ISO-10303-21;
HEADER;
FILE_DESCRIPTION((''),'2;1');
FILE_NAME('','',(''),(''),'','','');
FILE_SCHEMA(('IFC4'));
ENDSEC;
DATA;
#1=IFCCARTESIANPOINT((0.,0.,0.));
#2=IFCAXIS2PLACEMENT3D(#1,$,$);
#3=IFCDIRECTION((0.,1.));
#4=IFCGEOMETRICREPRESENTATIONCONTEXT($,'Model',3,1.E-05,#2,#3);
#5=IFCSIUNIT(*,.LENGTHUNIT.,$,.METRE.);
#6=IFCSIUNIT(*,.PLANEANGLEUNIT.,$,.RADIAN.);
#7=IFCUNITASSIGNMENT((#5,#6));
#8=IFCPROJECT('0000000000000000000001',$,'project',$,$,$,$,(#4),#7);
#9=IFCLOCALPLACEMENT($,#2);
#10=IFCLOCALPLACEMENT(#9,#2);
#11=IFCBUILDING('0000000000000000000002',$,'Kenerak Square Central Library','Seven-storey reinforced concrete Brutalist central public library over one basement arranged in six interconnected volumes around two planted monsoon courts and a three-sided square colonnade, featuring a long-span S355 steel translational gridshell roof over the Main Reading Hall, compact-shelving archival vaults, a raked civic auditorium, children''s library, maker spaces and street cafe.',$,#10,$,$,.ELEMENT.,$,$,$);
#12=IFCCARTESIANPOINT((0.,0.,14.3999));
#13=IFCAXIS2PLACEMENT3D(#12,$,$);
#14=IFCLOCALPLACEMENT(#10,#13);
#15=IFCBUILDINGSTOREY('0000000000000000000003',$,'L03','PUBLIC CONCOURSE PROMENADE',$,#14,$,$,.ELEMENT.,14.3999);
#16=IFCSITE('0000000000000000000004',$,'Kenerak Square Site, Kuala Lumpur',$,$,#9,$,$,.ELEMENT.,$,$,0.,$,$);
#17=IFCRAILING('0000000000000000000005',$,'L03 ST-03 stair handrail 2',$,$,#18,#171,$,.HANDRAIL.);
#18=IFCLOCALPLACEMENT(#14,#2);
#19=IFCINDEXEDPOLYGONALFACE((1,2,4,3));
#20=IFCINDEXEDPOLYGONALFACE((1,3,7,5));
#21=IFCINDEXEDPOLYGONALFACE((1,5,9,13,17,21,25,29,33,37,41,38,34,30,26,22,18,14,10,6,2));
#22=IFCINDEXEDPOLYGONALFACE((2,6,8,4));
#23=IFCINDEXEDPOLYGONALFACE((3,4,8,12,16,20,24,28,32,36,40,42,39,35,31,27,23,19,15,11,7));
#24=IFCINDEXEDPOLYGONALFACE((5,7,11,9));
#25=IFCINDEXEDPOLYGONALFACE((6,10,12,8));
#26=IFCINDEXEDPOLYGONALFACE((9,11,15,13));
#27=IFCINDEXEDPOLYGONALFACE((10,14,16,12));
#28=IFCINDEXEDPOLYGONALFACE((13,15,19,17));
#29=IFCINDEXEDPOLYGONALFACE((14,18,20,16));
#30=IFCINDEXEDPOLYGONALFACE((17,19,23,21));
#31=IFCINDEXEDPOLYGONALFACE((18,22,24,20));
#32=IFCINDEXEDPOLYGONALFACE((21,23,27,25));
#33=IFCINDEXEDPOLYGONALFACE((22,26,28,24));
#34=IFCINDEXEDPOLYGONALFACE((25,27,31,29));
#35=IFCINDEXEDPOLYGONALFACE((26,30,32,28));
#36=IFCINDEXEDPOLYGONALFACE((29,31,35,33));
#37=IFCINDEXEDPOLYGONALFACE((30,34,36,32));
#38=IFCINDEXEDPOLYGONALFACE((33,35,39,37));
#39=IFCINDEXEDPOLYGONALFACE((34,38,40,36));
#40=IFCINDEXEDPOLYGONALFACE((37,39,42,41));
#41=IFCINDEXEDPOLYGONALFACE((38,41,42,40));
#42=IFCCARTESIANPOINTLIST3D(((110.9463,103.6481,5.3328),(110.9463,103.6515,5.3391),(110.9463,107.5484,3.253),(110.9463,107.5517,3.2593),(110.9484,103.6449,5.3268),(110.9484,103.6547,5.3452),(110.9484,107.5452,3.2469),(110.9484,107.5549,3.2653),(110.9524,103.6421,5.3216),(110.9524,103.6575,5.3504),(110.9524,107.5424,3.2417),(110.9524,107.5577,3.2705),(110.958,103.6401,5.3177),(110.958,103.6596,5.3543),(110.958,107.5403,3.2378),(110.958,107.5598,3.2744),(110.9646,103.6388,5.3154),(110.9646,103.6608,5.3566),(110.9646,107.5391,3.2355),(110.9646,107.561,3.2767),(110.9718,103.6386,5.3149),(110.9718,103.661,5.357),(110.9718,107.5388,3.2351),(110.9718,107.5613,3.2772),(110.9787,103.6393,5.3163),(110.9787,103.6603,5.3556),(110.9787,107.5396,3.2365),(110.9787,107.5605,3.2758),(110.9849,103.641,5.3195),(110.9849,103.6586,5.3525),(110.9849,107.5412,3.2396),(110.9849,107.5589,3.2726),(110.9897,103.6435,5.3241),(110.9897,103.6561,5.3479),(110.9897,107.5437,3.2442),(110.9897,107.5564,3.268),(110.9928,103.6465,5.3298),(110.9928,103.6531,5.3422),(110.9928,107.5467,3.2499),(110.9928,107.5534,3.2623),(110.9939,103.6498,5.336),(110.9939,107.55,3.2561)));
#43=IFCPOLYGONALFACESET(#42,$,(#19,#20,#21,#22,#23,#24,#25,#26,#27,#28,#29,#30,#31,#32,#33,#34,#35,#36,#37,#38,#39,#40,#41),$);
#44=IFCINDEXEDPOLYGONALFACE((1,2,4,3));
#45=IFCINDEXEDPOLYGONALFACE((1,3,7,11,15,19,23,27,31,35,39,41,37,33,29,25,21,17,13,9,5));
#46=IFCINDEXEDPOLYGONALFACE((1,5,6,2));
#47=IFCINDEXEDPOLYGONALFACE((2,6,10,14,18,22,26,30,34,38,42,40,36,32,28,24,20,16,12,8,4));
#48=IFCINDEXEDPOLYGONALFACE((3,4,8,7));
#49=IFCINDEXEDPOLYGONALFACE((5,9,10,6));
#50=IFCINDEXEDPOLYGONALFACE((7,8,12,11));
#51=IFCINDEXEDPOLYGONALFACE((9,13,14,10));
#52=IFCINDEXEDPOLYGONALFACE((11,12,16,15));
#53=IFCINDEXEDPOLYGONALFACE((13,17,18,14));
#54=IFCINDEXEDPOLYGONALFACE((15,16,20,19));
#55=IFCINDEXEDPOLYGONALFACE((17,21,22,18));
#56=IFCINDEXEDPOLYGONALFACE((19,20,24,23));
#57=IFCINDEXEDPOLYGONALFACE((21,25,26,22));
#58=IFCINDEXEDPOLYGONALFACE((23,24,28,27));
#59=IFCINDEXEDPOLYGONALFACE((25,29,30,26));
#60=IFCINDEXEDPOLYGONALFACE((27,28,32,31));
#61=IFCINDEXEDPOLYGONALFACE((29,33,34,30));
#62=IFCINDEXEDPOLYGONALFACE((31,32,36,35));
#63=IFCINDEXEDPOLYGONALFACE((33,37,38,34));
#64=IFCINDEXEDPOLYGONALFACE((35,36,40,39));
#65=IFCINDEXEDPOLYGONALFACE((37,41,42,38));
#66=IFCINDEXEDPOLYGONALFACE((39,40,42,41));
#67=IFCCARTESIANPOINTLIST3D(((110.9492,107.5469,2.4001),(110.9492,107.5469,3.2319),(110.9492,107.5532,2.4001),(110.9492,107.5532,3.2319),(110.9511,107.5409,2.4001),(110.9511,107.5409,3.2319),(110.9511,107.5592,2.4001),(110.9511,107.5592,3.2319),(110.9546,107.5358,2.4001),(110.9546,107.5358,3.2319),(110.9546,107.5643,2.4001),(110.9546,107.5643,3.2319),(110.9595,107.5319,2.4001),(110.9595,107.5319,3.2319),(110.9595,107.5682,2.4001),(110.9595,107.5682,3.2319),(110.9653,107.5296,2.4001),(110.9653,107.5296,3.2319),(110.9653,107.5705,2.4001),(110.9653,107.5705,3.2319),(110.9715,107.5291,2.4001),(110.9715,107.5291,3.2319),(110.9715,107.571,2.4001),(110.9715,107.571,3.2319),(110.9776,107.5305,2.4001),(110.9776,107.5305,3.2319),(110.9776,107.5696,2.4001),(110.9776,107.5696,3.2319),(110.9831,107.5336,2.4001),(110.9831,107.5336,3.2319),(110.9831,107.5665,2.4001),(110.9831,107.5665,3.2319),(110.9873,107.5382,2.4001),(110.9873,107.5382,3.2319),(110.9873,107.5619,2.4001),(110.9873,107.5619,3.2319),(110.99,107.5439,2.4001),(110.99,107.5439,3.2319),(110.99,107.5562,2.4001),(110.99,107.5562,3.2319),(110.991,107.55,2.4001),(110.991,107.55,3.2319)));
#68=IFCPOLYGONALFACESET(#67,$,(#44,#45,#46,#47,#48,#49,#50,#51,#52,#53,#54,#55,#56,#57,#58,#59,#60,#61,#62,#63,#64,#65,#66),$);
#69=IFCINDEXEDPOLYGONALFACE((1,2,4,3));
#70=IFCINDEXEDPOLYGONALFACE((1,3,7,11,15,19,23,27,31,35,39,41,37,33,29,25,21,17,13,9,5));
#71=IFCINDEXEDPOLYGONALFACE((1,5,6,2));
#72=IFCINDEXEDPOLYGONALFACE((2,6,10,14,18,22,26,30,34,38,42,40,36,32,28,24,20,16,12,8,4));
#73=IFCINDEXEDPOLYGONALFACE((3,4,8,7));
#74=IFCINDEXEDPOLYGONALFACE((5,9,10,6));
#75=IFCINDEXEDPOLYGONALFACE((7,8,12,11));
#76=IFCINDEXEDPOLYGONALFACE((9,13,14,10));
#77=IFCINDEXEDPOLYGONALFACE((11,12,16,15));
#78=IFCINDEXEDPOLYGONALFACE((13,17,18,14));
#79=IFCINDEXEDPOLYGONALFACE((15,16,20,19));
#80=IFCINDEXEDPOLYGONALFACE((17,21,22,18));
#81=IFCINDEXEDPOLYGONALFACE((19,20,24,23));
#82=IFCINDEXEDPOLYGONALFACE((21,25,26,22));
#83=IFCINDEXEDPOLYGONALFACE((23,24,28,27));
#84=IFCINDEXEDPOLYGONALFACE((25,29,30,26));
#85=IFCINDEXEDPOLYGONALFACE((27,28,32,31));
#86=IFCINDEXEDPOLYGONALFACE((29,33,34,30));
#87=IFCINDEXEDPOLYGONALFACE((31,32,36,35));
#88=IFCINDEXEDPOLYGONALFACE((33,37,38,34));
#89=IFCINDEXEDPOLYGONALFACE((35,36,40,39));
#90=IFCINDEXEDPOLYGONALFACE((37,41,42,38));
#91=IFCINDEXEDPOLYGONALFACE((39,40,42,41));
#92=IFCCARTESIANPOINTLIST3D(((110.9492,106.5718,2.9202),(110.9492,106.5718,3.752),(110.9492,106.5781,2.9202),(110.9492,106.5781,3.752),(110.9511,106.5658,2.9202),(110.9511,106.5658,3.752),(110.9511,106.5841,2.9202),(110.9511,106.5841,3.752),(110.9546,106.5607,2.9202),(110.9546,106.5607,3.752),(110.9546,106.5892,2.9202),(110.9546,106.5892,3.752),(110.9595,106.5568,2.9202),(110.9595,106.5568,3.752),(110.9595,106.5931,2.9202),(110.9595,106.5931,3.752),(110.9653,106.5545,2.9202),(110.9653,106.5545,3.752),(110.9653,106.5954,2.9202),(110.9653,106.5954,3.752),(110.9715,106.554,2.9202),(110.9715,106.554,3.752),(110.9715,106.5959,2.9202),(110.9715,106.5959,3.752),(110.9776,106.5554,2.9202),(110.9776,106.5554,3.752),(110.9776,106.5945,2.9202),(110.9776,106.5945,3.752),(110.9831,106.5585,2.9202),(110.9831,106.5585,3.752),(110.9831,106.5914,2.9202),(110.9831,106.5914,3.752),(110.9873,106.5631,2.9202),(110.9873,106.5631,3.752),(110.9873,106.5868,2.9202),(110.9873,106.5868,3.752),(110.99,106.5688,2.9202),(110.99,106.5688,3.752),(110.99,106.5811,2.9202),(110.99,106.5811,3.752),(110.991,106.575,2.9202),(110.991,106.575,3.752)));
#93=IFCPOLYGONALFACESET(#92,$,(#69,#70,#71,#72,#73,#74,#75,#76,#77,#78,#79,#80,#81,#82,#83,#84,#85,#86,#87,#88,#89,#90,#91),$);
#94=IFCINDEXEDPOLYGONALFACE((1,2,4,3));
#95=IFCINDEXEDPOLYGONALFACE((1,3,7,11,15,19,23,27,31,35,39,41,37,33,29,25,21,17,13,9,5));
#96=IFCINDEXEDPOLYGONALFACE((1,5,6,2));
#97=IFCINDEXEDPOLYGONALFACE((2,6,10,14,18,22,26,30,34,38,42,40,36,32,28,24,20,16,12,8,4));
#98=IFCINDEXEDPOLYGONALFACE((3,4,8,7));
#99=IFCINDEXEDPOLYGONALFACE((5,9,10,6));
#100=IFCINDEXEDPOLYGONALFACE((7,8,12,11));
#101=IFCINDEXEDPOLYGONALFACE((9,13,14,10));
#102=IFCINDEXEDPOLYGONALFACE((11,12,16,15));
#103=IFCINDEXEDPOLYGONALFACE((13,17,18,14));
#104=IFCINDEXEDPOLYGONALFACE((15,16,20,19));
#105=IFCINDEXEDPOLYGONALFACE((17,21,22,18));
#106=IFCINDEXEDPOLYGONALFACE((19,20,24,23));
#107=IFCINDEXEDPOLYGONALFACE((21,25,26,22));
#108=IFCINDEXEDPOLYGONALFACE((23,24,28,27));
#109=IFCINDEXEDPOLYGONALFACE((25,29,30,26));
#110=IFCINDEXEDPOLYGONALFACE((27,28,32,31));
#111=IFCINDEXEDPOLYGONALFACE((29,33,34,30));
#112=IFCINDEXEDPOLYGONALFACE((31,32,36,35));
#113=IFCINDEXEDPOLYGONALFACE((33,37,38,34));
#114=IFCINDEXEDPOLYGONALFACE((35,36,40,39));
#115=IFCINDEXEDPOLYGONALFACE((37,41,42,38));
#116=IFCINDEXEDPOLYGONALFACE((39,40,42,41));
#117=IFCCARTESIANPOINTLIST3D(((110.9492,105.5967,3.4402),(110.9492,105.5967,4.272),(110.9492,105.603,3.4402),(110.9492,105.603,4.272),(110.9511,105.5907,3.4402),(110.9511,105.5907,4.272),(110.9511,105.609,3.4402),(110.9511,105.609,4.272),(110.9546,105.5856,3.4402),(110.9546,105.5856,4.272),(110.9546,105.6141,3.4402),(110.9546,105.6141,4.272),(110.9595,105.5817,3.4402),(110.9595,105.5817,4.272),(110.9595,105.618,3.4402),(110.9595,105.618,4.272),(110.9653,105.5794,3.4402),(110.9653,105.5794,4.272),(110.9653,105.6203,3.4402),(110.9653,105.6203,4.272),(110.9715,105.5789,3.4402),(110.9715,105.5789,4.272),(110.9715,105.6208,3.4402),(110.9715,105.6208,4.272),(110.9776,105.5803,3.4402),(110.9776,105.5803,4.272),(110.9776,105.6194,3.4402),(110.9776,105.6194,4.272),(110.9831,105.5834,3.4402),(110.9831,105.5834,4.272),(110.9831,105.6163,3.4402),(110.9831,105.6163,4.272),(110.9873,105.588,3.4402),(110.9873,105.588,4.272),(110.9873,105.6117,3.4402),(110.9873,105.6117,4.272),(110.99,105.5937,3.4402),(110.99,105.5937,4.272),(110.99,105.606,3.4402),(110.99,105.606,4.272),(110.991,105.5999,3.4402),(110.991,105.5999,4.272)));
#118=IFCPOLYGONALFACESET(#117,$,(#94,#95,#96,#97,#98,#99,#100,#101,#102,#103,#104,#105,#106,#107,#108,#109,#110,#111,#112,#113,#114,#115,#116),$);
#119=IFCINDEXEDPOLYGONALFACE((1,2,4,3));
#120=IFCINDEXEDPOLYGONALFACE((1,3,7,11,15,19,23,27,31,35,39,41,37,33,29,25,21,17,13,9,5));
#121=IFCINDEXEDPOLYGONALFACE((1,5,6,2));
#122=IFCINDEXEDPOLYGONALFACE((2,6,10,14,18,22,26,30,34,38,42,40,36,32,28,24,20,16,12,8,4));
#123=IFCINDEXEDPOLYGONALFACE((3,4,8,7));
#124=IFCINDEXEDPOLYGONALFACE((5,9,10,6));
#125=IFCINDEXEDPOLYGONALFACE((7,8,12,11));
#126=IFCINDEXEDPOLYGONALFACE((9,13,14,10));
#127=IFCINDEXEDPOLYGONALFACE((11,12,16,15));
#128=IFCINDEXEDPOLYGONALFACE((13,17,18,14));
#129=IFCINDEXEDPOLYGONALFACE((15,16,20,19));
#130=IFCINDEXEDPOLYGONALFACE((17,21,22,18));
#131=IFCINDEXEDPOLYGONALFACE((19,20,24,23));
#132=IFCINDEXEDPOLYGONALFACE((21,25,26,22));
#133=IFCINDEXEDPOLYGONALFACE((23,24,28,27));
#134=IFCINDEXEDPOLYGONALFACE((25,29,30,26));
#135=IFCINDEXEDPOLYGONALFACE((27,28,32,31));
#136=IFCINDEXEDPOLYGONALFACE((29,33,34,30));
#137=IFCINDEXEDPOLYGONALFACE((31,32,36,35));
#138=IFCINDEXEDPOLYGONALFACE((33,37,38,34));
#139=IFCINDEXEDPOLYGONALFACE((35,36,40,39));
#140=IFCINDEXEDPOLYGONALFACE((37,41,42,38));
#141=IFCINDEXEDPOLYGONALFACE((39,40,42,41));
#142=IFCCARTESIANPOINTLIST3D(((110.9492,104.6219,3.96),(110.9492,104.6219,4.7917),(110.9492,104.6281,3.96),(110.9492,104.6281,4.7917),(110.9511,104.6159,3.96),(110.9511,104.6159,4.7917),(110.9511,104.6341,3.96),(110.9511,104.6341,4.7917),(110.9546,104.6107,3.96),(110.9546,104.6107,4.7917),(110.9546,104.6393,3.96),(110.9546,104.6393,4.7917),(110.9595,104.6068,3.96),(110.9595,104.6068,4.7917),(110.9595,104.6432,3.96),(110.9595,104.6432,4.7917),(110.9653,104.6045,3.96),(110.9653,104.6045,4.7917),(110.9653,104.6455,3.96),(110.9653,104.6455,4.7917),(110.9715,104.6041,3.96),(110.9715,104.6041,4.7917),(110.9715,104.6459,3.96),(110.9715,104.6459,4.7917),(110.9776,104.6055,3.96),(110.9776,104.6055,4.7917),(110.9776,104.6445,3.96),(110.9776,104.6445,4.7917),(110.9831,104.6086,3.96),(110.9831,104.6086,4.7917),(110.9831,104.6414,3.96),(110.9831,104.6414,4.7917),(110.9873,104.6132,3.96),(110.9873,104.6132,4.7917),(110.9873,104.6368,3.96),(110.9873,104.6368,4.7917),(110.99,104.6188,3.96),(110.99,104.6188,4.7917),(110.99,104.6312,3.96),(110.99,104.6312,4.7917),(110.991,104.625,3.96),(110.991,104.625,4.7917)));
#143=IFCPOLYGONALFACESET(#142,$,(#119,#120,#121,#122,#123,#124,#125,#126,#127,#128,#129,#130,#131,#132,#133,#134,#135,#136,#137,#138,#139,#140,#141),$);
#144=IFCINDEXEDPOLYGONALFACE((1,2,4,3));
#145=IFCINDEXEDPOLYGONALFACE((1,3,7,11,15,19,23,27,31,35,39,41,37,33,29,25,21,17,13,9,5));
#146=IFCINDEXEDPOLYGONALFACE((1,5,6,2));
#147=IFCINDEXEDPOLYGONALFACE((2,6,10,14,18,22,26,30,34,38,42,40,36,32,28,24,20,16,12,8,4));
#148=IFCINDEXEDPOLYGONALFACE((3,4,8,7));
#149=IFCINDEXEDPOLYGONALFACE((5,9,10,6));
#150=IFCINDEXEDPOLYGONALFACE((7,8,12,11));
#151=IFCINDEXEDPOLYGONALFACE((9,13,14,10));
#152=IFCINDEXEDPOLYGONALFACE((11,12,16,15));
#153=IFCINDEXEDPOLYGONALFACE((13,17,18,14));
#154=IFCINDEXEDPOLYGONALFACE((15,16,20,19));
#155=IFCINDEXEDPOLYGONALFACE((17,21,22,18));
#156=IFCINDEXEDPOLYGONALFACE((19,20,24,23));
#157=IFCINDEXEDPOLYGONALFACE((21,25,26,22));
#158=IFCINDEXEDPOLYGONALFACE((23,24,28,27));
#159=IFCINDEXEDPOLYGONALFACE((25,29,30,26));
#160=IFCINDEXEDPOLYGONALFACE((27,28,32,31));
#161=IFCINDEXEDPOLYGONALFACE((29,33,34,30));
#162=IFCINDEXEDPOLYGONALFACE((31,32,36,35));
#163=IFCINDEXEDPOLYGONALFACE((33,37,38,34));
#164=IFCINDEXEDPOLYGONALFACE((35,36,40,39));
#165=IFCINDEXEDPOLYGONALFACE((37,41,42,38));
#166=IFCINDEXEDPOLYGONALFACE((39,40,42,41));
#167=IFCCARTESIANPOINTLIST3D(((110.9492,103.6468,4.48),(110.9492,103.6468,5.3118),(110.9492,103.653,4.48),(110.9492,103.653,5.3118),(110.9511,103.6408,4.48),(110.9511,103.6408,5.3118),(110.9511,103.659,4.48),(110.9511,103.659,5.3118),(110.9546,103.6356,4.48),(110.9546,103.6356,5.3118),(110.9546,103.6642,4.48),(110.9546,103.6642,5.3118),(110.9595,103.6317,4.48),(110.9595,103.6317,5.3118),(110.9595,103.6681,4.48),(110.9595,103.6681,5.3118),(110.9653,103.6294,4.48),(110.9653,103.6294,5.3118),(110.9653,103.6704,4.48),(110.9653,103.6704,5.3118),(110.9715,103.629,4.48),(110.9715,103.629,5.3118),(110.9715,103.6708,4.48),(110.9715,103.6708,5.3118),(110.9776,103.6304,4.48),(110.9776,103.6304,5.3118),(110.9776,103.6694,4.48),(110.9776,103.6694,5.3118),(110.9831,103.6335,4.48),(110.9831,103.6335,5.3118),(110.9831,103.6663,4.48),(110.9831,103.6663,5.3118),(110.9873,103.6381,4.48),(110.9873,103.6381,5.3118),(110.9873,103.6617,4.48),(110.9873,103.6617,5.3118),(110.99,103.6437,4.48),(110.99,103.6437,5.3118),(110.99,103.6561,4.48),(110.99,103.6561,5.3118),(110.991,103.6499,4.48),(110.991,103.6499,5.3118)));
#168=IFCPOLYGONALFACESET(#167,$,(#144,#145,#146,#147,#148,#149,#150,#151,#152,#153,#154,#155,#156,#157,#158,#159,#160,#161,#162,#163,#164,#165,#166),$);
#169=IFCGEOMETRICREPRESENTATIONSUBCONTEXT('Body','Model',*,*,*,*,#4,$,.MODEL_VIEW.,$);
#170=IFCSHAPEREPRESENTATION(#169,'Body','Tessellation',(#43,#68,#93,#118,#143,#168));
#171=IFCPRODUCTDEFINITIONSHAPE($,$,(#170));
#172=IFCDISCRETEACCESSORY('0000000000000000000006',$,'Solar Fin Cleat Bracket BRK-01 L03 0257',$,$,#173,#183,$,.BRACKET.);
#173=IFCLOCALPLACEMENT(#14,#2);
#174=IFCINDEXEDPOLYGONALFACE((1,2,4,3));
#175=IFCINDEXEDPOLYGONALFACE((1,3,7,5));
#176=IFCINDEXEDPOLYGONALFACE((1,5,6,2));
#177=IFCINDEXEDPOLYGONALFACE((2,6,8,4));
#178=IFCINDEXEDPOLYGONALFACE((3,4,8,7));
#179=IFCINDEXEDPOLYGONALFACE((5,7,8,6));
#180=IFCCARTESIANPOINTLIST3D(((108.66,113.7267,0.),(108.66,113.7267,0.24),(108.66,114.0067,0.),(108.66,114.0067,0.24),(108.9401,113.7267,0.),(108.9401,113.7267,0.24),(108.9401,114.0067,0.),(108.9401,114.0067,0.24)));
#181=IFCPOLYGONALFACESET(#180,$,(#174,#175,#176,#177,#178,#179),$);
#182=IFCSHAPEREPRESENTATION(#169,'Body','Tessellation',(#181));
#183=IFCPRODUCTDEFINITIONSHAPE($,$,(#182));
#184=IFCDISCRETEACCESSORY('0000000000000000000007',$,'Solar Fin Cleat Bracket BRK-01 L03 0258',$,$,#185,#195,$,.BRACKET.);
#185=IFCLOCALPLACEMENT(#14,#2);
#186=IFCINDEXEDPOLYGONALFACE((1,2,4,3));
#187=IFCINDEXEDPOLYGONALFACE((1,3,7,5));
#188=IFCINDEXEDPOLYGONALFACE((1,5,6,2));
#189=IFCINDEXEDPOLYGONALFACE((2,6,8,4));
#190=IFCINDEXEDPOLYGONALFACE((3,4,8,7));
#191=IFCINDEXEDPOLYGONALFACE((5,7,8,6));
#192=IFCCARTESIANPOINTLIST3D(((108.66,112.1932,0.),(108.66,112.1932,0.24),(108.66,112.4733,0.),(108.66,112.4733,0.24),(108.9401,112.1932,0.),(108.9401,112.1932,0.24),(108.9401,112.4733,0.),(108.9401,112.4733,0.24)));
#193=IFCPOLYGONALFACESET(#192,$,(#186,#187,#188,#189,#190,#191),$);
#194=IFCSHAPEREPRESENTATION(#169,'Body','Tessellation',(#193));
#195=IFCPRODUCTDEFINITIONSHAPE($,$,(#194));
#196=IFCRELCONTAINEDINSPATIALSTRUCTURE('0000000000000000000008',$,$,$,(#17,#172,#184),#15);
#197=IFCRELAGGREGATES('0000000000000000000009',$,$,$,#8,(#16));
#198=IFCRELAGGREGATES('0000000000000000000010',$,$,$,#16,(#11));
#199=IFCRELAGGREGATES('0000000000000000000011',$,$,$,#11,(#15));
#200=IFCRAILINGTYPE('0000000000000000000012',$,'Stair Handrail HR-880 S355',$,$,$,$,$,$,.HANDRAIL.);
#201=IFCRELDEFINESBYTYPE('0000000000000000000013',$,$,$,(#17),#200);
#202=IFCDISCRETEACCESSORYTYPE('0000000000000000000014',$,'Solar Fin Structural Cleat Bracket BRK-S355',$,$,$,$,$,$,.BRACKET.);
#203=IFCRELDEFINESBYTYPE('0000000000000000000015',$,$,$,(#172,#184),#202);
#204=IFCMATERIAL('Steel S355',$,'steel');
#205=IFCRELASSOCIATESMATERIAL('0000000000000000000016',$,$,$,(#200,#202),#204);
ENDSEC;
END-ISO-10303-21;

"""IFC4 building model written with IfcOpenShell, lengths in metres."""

from ifc_helpers import new_model, si_unit, direction, frame, origin, origin_2d, place, context, subcontext, project, spatial, rectangle, circle, extrude, material, type_object, element, save


model = new_model("IFC4")

# Units and contexts
model_context = context("Model", 3, precision=1e-05, world=origin(), true_north=direction((0.0, 1.0)))
body_context = subcontext(model_context, "Body", "Model", "MODEL_VIEW")
ifc_project = project(units=[si_unit("LENGTHUNIT", "METRE"), si_unit("PLANEANGLEUNIT", "RADIAN")], contexts=[model_context])

# Site, building, storey
site_placement = place(None, origin())
site = spatial("IfcSite", under=ifc_project, at=site_placement, Name="Kenerak Square Site, Kuala Lumpur", CompositionType="ELEMENT", RefElevation=0.0)
building_placement = place(site_placement, origin())
building = spatial("IfcBuilding", under=site, at=building_placement, Name="Kenerak Square Central Library", Description="Seven-storey reinforced concrete Brutalist central public library over one basement arranged in six interconnected volumes around two planted monsoon courts and a three-sided square colonnade, featuring a long-span S355 steel translational gridshell roof over the Main Reading Hall, compact-shelving archival vaults, a raked civic auditorium, children's library, maker spaces and street cafe.", CompositionType="ELEMENT")
storey_placement = place(building_placement, frame((0.0, 0.0, 14.3999)))
storey = spatial("IfcBuildingStorey", under=building, at=storey_placement, Name="L03", Description="PUBLIC CONCOURSE PROMENADE", CompositionType="ELEMENT", Elevation=14.3999)

# Railing
ifc_material_1 = material(Name="Steel S355", Category="steel")
railing_type_1 = type_object("IfcRailingType", Name="Stair Handrail HR-880 S355", PredefinedType="HANDRAIL", material=ifc_material_1)
railing_1_placement = place(storey_placement, frame((110.97, 107.55, 2.4001)))
element("IfcRailing", 1, at=railing_1_placement, inside=storey, type_object=railing_type_1, Name="L03 ST-03 stair handrail 2", PredefinedType="HANDRAIL", context=body_context, shape_type="SweptSolid", body=[
    extrude(circle(Radius=0.0239, at=origin_2d()), frame((0.0, 0.0, 0.856), z_axis=(0.0, -0.882376, 0.470545), x_axis=(1.0, 0.0, 0.0)), (0.0, 0.0, 1.0), 4.4202),
    extrude(circle(Radius=0.021, at=origin_2d()), origin(), (0.0, 0.0, 1.0), 0.8318),
    extrude(circle(Radius=0.021, at=origin_2d()), frame((0.0, -0.9751, 0.52)), (0.0, 0.0, 1.0), 0.8318),
    extrude(circle(Radius=0.021, at=origin_2d()), frame((0.0, -1.9502, 1.04)), (0.0, 0.0, 1.0), 0.8318),
    extrude(circle(Radius=0.021, at=origin_2d()), frame((0.0, -2.925, 1.5598)), (0.0, 0.0, 1.0), 0.8318),
    extrude(circle(Radius=0.021, at=origin_2d()), frame((0.0, -3.9001, 2.0798)), (0.0, 0.0, 1.0), 0.8318),
])

# Discrete accessories
discrete_accessory_type = type_object("IfcDiscreteAccessoryType", Name="Solar Fin Structural Cleat Bracket BRK-S355", PredefinedType="BRACKET", material=ifc_material_1)
for number, where, z_axis, x_axis, name in (
    (2, (108.8, 113.8667, 0.0), (0.0, 0.0, 1.0), (0.0, -1.0, 0.0), "Solar Fin Cleat Bracket BRK-01 L03 0257"),
    (3, (108.8, 112.3333, 0.0), (0.0, 0.0, 1.0), (0.0, -1.0, 0.0), "Solar Fin Cleat Bracket BRK-01 L03 0258"),
):
    element("IfcDiscreteAccessory", number, at=place(storey_placement, frame(where, z_axis=z_axis, x_axis=x_axis)), inside=storey, type_object=discrete_accessory_type, Name=name, PredefinedType="BRACKET", context=body_context, shape_type="SweptSolid", body=[
        extrude(rectangle(XDim=0.28, YDim=0.28, at=origin_2d()), origin(), (0.0, 0.0, 1.0), 0.24),
    ])

save(model, "model.ifc")
